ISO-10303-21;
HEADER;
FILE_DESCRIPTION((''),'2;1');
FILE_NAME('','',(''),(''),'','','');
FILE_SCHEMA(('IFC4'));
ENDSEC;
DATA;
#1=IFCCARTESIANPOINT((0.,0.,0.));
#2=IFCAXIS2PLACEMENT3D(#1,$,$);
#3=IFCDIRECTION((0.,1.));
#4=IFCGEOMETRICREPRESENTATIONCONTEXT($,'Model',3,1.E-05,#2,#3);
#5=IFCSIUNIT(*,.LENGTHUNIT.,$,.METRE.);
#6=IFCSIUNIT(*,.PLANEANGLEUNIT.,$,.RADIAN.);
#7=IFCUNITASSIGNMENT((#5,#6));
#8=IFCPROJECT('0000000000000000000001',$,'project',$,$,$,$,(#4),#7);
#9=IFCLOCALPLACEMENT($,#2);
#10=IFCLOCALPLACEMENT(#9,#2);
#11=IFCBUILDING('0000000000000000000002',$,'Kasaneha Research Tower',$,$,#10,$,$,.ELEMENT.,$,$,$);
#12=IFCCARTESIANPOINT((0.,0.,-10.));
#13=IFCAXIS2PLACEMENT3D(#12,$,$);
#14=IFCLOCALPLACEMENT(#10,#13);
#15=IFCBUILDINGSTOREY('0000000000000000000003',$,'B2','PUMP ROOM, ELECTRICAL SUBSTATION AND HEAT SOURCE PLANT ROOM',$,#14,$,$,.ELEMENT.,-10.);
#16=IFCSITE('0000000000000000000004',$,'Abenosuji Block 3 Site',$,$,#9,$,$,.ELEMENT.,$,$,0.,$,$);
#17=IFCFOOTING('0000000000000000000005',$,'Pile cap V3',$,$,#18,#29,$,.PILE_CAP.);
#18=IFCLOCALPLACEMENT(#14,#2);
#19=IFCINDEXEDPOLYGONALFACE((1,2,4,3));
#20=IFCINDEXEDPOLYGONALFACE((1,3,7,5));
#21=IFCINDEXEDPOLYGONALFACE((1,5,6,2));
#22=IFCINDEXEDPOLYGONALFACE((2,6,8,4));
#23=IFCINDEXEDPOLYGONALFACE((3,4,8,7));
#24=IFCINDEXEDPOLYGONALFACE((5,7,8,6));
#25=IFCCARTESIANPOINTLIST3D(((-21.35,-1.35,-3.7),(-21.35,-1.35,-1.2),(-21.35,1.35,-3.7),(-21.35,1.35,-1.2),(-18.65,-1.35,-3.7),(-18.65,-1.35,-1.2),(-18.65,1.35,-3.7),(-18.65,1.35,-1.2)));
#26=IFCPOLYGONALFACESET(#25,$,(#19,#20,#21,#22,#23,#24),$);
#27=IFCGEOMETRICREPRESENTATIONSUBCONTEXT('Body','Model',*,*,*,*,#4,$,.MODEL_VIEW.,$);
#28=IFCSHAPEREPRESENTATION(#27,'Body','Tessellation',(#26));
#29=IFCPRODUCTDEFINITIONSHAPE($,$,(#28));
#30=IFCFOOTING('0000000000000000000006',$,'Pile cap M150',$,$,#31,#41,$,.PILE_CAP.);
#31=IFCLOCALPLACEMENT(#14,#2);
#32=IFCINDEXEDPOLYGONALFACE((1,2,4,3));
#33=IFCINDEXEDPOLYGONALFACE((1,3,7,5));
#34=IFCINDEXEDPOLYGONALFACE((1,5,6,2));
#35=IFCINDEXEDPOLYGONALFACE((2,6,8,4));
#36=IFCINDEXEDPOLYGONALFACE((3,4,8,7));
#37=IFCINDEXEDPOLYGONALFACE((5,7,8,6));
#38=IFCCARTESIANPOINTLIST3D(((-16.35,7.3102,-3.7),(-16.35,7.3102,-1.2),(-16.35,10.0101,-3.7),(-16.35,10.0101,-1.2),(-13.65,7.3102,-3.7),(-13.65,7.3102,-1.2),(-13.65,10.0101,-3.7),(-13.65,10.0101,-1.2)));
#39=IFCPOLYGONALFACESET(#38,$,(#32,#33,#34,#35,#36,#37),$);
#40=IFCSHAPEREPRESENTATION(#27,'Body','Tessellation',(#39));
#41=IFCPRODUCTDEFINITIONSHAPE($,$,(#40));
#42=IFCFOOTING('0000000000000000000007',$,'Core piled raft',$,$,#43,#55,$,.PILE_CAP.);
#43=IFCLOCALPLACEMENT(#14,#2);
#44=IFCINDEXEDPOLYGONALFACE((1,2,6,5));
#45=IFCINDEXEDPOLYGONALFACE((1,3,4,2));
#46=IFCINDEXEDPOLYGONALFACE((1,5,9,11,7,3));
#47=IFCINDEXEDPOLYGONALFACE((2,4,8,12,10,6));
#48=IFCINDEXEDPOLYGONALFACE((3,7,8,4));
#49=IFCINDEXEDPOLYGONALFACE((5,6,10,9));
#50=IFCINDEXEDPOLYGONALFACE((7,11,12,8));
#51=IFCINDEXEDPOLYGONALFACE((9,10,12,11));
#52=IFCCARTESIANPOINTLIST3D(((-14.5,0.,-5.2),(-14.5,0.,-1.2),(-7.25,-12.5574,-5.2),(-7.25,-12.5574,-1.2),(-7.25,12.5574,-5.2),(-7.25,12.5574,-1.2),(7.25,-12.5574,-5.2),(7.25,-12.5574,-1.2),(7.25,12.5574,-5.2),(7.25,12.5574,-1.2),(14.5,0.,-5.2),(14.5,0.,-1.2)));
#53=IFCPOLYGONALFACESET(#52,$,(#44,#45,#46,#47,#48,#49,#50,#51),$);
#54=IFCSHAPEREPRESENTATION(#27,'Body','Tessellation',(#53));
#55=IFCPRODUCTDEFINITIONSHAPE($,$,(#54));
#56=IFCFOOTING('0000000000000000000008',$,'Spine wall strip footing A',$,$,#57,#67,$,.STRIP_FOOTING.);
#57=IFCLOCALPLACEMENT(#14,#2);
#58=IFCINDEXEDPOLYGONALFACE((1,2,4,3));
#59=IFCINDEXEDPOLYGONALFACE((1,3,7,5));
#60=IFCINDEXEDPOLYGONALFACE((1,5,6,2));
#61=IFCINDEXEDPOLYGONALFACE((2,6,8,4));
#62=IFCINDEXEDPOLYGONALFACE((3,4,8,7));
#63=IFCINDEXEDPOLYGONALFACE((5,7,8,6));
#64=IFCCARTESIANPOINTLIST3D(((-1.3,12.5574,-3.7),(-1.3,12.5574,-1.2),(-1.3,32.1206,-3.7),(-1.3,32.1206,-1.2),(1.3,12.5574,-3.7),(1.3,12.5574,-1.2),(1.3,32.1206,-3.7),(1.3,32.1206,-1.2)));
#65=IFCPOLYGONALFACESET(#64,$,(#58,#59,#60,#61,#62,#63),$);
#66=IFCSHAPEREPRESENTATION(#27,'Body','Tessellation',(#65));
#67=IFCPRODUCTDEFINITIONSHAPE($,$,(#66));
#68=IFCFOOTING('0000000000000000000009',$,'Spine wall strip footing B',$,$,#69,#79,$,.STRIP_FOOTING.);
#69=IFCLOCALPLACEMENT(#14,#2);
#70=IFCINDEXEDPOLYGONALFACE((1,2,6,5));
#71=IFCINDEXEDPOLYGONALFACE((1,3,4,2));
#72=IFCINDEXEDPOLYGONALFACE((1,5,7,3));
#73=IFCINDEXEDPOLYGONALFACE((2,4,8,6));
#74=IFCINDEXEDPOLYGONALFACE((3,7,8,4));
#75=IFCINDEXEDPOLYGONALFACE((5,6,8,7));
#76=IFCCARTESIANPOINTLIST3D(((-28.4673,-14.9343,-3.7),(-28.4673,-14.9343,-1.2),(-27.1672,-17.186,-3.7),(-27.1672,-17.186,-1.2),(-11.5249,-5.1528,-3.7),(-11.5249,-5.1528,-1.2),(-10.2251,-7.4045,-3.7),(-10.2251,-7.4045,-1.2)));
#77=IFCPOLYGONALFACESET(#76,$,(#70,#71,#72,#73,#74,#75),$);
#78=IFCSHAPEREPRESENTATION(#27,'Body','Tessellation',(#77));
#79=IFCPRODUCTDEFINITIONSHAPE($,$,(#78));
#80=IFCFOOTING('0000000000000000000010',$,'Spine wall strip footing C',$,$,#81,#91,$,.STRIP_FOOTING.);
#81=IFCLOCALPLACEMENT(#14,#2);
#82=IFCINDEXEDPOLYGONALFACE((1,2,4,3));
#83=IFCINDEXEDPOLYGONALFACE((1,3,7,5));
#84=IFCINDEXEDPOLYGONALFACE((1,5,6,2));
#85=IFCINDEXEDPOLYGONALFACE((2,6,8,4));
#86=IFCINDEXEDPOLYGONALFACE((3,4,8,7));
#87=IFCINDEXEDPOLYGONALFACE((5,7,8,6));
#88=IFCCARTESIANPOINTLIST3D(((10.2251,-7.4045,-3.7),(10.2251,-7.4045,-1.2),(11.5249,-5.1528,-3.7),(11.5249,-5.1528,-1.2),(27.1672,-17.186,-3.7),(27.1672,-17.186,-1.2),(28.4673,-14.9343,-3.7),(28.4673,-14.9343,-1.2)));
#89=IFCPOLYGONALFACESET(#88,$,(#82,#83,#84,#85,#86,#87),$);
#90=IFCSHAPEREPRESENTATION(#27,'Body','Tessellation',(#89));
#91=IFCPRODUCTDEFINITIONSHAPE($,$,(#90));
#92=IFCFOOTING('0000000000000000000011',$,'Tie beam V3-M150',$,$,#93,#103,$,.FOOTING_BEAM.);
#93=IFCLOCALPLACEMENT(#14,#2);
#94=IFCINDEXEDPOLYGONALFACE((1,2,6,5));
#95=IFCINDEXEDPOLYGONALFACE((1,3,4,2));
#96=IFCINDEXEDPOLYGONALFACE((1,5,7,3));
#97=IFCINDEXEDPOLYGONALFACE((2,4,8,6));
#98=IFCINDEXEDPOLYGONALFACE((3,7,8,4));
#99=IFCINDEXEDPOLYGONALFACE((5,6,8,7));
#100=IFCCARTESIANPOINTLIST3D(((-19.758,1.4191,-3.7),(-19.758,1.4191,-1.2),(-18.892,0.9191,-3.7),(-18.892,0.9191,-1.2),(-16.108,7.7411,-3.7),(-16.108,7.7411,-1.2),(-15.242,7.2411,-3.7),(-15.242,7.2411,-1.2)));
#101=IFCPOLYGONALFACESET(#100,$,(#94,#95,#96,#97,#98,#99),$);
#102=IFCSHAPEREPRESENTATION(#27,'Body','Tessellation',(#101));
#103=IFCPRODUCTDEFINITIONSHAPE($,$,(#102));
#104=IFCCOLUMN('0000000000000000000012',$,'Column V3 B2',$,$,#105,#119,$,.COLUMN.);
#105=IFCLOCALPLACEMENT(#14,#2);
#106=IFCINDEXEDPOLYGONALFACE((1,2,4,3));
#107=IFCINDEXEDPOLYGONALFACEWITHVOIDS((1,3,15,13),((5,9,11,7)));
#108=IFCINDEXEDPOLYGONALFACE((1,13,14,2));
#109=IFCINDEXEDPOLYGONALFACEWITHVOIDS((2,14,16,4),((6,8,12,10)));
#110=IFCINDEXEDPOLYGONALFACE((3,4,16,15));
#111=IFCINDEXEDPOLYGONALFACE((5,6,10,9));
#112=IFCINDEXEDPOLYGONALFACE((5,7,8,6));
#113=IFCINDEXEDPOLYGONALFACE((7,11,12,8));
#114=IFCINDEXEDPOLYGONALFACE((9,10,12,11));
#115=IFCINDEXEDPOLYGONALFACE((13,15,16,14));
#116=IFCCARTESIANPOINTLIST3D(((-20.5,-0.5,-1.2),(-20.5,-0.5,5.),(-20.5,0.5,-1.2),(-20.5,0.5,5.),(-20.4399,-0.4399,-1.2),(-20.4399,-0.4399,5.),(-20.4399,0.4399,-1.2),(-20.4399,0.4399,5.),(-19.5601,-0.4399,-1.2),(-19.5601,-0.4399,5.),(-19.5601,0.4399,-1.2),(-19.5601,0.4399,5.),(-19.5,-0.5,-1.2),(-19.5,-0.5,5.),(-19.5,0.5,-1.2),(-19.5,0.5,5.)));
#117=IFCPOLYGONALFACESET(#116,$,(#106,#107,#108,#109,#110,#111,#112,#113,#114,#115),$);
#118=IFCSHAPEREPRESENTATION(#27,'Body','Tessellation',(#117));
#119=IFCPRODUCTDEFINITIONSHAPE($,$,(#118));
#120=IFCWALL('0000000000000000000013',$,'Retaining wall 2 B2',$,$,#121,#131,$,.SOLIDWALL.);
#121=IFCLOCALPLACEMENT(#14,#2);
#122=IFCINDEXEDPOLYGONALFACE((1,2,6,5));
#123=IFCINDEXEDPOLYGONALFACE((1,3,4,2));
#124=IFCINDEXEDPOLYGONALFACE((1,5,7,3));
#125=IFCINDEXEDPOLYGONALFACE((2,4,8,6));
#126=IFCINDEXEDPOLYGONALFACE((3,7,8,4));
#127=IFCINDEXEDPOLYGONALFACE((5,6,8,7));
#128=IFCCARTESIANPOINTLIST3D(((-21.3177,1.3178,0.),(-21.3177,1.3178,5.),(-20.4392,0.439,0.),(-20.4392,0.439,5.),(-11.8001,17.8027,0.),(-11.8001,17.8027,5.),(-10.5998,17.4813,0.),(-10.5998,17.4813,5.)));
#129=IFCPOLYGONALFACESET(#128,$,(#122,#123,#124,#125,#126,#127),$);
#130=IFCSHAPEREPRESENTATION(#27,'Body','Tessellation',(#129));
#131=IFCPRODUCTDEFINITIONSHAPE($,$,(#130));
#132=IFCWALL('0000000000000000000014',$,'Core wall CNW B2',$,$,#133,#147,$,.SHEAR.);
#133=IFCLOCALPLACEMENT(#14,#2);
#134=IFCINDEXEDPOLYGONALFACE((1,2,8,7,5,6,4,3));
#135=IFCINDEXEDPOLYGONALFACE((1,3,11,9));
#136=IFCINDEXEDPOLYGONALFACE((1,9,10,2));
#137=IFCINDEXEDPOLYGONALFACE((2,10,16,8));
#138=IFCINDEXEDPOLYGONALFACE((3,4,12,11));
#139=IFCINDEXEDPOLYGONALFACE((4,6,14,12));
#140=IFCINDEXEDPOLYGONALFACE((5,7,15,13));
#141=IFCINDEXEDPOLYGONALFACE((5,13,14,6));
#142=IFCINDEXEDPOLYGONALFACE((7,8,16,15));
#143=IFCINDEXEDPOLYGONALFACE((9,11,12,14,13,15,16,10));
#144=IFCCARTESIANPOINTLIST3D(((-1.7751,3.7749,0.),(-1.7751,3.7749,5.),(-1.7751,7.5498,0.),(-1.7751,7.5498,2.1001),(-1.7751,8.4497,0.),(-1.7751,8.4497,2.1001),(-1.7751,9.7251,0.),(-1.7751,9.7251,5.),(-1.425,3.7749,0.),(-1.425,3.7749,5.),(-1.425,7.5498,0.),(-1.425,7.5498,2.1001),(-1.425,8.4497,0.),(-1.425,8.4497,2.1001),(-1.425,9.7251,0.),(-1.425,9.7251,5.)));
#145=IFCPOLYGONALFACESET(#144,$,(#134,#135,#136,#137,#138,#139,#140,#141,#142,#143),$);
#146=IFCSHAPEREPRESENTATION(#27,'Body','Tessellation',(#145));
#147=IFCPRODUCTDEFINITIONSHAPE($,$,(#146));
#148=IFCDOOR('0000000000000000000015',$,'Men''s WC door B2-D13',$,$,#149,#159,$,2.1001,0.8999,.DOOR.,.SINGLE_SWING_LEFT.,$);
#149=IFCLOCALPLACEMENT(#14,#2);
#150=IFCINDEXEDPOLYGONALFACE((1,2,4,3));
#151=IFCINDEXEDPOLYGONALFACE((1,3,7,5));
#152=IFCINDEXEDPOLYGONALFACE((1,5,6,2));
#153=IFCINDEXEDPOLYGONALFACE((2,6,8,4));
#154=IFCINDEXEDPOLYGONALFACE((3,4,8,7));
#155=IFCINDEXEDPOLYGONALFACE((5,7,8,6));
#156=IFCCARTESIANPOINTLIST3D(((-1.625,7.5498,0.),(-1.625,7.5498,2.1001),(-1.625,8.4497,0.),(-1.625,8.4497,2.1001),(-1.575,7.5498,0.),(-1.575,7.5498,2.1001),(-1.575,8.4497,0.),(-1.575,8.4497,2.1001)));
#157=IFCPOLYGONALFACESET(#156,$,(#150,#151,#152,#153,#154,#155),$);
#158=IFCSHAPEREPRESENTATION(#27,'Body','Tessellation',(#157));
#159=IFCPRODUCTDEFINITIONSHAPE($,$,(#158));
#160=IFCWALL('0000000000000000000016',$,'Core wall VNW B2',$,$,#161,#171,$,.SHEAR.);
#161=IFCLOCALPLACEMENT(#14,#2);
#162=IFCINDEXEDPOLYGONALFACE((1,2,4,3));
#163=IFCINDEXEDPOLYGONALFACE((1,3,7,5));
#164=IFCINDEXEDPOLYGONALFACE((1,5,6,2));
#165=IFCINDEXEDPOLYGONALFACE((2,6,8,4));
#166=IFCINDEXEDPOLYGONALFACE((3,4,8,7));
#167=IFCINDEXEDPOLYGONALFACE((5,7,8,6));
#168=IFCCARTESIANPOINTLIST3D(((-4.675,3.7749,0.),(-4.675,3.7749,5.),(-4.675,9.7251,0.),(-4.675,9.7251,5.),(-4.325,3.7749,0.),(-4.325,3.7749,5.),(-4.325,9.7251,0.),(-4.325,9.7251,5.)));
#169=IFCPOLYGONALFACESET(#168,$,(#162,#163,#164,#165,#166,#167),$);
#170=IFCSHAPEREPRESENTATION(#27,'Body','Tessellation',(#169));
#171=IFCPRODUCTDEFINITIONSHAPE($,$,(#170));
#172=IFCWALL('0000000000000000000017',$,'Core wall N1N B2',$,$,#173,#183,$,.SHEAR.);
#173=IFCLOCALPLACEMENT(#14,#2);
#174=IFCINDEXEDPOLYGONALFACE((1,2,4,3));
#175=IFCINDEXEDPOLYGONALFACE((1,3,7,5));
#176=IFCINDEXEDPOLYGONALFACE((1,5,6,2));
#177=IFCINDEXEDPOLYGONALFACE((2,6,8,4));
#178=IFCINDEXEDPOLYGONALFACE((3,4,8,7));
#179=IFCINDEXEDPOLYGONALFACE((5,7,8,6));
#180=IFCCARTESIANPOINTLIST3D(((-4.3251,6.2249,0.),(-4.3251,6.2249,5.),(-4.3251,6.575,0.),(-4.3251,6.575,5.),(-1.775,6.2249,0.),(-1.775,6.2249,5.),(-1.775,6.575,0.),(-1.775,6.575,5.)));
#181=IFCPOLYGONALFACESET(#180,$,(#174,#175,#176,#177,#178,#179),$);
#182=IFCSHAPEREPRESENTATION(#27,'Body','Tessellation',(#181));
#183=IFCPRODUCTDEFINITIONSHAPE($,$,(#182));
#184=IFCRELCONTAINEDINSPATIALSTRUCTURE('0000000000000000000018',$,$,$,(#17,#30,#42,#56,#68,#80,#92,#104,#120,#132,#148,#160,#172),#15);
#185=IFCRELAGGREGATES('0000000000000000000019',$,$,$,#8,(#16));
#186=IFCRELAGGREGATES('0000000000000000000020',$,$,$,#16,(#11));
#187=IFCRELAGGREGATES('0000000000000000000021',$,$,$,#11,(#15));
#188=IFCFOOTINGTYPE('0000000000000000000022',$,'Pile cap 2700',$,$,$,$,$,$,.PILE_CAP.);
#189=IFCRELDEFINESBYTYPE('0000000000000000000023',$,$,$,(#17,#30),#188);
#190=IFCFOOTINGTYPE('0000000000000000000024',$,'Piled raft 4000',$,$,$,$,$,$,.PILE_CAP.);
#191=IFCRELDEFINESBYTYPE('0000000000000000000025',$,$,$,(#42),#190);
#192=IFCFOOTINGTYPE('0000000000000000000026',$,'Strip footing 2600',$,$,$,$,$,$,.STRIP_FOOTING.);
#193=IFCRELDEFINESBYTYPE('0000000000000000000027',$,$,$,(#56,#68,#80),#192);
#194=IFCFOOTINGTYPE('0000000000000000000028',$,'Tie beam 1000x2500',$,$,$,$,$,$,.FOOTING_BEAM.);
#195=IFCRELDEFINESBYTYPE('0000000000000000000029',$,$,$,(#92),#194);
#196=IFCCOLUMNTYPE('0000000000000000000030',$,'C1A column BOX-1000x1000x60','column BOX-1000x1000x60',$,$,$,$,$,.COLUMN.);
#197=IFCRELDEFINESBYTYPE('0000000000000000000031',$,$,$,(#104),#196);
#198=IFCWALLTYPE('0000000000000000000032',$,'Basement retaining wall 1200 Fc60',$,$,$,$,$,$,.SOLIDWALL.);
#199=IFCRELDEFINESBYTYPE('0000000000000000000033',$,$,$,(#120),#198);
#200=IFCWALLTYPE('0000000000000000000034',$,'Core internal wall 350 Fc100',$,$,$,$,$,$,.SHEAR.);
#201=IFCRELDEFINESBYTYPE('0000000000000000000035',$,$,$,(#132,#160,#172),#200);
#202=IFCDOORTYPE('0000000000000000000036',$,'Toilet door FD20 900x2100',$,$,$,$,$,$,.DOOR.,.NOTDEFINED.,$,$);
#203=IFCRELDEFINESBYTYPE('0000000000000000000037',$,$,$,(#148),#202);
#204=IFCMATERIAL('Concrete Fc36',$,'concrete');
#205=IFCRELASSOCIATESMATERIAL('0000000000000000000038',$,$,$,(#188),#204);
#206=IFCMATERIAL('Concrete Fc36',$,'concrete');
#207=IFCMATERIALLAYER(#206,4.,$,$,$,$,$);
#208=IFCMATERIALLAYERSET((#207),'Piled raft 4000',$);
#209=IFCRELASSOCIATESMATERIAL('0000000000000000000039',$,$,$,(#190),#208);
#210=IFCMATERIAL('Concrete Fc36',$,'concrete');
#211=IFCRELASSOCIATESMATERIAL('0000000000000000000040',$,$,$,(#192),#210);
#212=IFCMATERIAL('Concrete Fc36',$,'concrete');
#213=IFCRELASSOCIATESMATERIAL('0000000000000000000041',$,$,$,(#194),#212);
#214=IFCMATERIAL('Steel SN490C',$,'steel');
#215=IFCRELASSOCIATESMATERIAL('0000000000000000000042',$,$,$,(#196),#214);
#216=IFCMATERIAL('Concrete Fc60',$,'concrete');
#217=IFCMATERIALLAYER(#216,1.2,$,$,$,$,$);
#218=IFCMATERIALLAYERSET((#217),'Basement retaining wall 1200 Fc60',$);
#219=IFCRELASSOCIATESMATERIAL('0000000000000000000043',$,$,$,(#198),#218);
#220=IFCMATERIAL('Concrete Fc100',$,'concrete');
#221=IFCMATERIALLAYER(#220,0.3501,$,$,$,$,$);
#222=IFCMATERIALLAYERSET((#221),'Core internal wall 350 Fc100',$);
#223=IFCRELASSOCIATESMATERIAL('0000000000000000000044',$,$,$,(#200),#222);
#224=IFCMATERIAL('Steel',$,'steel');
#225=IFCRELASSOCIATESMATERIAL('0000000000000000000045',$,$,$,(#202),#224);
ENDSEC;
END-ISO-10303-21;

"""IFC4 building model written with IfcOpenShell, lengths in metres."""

from ifc_helpers import new_model, si_unit, direction, frame, frame_2d, origin, origin_2d, place, context, subcontext, project, spatial, polyline, rectangle, hollow_rectangle, outline, extrude, material, layer, layer_set, material_profile, profile_set, type_object, element, fill, save


model = new_model("IFC4")

# Units and contexts
model_context = context("Model", 3, precision=1e-05, world=origin(), true_north=direction((0.0, 1.0)))
body_context = subcontext(model_context, "Body", "Model", "MODEL_VIEW")
ifc_project = project(units=[si_unit("LENGTHUNIT", "METRE"), si_unit("PLANEANGLEUNIT", "RADIAN")], contexts=[model_context])

# Site, building, storey
site_placement = place(None, origin())
site = spatial("IfcSite", under=ifc_project, at=site_placement, Name="Abenosuji Block 3 Site", CompositionType="ELEMENT", RefElevation=0.0)
building_placement = place(site_placement, origin())
building = spatial("IfcBuilding", under=site, at=building_placement, Name="Kasaneha Research Tower", CompositionType="ELEMENT")
storey_placement = place(building_placement, frame((0.0, 0.0, -10.0)))
storey = spatial("IfcBuildingStorey", under=building, at=storey_placement, Name="B2", Description="PUMP ROOM, ELECTRICAL SUBSTATION AND HEAT SOURCE PLANT ROOM", CompositionType="ELEMENT", Elevation=-10.0)

# Footings
ifc_material_1 = material(Name="Concrete Fc36", Category="concrete")
footing_type_1 = type_object("IfcFootingType", Name="Pile cap 2700", PredefinedType="PILE_CAP", material=ifc_material_1)
for number, where, z_axis, x_axis, name in (
    (1, (-20.0, 0.0, -3.7), (0.0, 0.0, 1.0), (1.0, 0.0, 0.0), "Pile cap V3"),
    (2, (-15.0, 8.6602, -3.7), (0.0, 0.0, 1.0), (1.0, 0.0, 0.0), "Pile cap M150"),
):
    element("IfcFooting", number, at=place(storey_placement, frame(where, z_axis=z_axis, x_axis=x_axis)), inside=storey, type_object=footing_type_1, Name=name, PredefinedType="PILE_CAP", context=body_context, shape_type="SweptSolid", body=[
        extrude(rectangle(XDim=2.7, YDim=2.7, at=origin_2d()), origin(), (0.0, 0.0, 1.0), 2.5),
    ])
ifc_material_2 = material(Name="Concrete Fc36", Category="concrete")
ifc_layer_1 = layer(ifc_material_2, 4.0)
ifc_layer_set_1 = layer_set([ifc_layer_1], Name="Piled raft 4000")
footing_type_2 = type_object("IfcFootingType", Name="Piled raft 4000", PredefinedType="PILE_CAP", material=ifc_layer_set_1)
footing_1_placement = place(storey_placement, frame((0.0, 0.0, -5.2)))
element("IfcFooting", 3, at=footing_1_placement, inside=storey, type_object=footing_type_2, Name="Core piled raft", PredefinedType="PILE_CAP", context=body_context, shape_type="SweptSolid", body=[
    extrude(outline(polyline([(14.5, 0.0), (7.25, 12.5574), (-7.25, 12.5574), (-14.5, 0.0), (-7.25, -12.5574), (7.25, -12.5574), (14.5, 0.0)])), origin(), (0.0, 0.0, 1.0), 4.0),
])
ifc_material_3 = material(Name="Concrete Fc36", Category="concrete")
footing_type_3 = type_object("IfcFootingType", Name="Strip footing 2600", PredefinedType="STRIP_FOOTING", material=ifc_material_3)
footing_2_placement = place(storey_placement, frame((0.0, 0.0, -3.7)))
element("IfcFooting", 4, at=footing_2_placement, inside=storey, type_object=footing_type_3, Name="Spine wall strip footing A", PredefinedType="STRIP_FOOTING", context=body_context, shape_type="SweptSolid", body=[
    extrude(outline(polyline([(-1.3, 12.5574), (-1.3, 32.1206), (1.3, 32.1206), (1.3, 12.5574), (-1.3, 12.5574)])), origin(), (0.0, 0.0, 1.0), 2.5),
])
footing_3_placement = place(storey_placement, frame((0.0, 0.0, -3.7)))
element("IfcFooting", 5, at=footing_3_placement, inside=storey, type_object=footing_type_3, Name="Spine wall strip footing B", PredefinedType="STRIP_FOOTING", context=body_context, shape_type="SweptSolid", body=[
    extrude(outline(polyline([(-10.2251, -7.4045), (-27.1672, -17.186), (-28.4673, -14.9343), (-11.5249, -5.1528), (-10.2251, -7.4045)])), origin(), (0.0, 0.0, 1.0), 2.5),
])
footing_4_placement = place(storey_placement, frame((0.0, 0.0, -3.7)))
element("IfcFooting", 6, at=footing_4_placement, inside=storey, type_object=footing_type_3, Name="Spine wall strip footing C", PredefinedType="STRIP_FOOTING", context=body_context, shape_type="SweptSolid", body=[
    extrude(outline(polyline([(11.5249, -5.1528), (28.4673, -14.9343), (27.1672, -17.186), (10.2251, -7.4045), (11.5249, -5.1528)])), origin(), (0.0, 0.0, 1.0), 2.5),
])
ifc_material_4 = material(Name="Concrete Fc36", Category="concrete")
footing_type_4 = type_object("IfcFootingType", Name="Tie beam 1000x2500", PredefinedType="FOOTING_BEAM", material=ifc_material_4)
footing_5_placement = place(storey_placement, frame((-17.5, 4.3301, -3.7), z_axis=(0.0, 0.0, 1.0), x_axis=(0.5, 0.866025, 0.0)))
element("IfcFooting", 7, at=footing_5_placement, inside=storey, type_object=footing_type_4, Name="Tie beam V3-M150", PredefinedType="FOOTING_BEAM", context=body_context, shape_type="SweptSolid", body=[
    extrude(rectangle(XDim=7.3, YDim=1.0, at=origin_2d()), origin(), (0.0, 0.0, 1.0), 2.5),
])

# Column
ifc_material_5 = material(Name="Steel SN490C", Category="steel")
ifc_material_profile_1 = material_profile(ifc_material_5, hollow_rectangle(XDim=1.0, YDim=1.0, WallThickness=0.0601, at=origin_2d()), Name="BOX-1000x1000x60")
ifc_profile_set_1 = profile_set([ifc_material_profile_1], Name="Steel SN490C")
column_type = type_object("IfcColumnType", Name="C1A column BOX-1000x1000x60", Description="column BOX-1000x1000x60", PredefinedType="COLUMN", material=ifc_profile_set_1)
column_placement = place(storey_placement, frame((-20.0, 0.0, -1.2), z_axis=(0.0, 0.0, 1.0), x_axis=(1.0, 0.0, 0.0)))
element("IfcColumn", 8, at=column_placement, inside=storey, type_object=column_type, Name="Column V3 B2", PredefinedType="COLUMN", context=body_context, shape_type="SweptSolid", body=[
    extrude(hollow_rectangle(XDim=1.0, YDim=1.0, WallThickness=0.0601, at=origin_2d()), origin(), (0.0, 0.0, 1.0), 6.2),
])

# Wall
ifc_material_6 = material(Name="Concrete Fc60", Category="concrete")
ifc_layer_2 = layer(ifc_material_6, 1.2)
ifc_layer_set_2 = layer_set([ifc_layer_2], Name="Basement retaining wall 1200 Fc60")
wall_type_1 = type_object("IfcWallType", Name="Basement retaining wall 1200 Fc60", PredefinedType="SOLIDWALL", material=ifc_layer_set_2)
wall_1_placement = place(storey_placement, frame((-20.8784, 0.8784, 0.0), z_axis=(0.0, 0.0, 1.0), x_axis=(0.499998, 0.866026, 0.0)))
element("IfcWall", 9, at=wall_1_placement, inside=storey, type_object=wall_type_1, Name="Retaining wall 2 B2", PredefinedType="SOLIDWALL", context=body_context, shape_type="SweptSolid", body=[
    extrude(outline(polyline([(-0.1609, -0.6001), (19.5178, -0.6001), (19.196, 0.6001), (0.1609, 0.6001), (-0.1609, -0.6001)])), origin(), (0.0, 0.0, 1.0), 5.0),
])

# Wall, opening, door
ifc_material_7 = material(Name="Concrete Fc100", Category="concrete")
ifc_layer_3 = layer(ifc_material_7, 0.3501)
ifc_layer_set_3 = layer_set([ifc_layer_3], Name="Core internal wall 350 Fc100")
wall_type_2 = type_object("IfcWallType", Name="Core internal wall 350 Fc100", PredefinedType="SHEAR", material=ifc_layer_set_3)
wall_2_placement = place(storey_placement, frame((-1.6001, 3.7749, 0.0), z_axis=(0.0, 0.0, 1.0), x_axis=(0.0, 1.0, 0.0)))
wall_2 = element("IfcWall", 10, at=wall_2_placement, inside=storey, type_object=wall_type_2, Name="Core wall CNW B2", PredefinedType="SHEAR", context=body_context, shape_type="SweptSolid", body=[
    extrude(rectangle(XDim=5.9502, YDim=0.3501, at=frame_2d((2.9751, 0.0))), origin(), (0.0, 0.0, 1.0), 5.0),
])
opening_1_placement = place(wall_2_placement, frame((3.7749, 0.0, 0.0)))
opening_1 = element("IfcOpeningElement", 11, at=opening_1_placement, cuts=wall_2, PredefinedType="OPENING", context=body_context, shape_type="SweptSolid", body=[
    extrude(rectangle(XDim=0.8999, YDim=2.1001, at=frame_2d((0.45, 1.05))), frame((0.0, 0.1851, 0.0), z_axis=(0.0, -1.0, 0.0), x_axis=(1.0, 0.0, 0.0)), (0.0, 0.0, 1.0), 0.3701),
])
ifc_material_8 = material(Name="Steel", Category="steel")
door_type_1 = type_object("IfcDoorType", Name="Toilet door FD20 900x2100", OperationType="NOTDEFINED", PredefinedType="DOOR", material=ifc_material_8)
door_1_placement = place(opening_1_placement, origin())
door_1 = element("IfcDoor", 12, at=door_1_placement, inside=storey, type_object=door_type_1, Name="Men's WC door B2-D13", OperationType="SINGLE_SWING_LEFT", OverallHeight=2.1001, OverallWidth=0.8999, PredefinedType="DOOR", context=body_context, shape_type="SweptSolid", body=[
    extrude(rectangle(XDim=0.8999, YDim=2.1001, at=frame_2d((0.45, 1.05))), frame((0.0, 0.0249, 0.0), z_axis=(0.0, -1.0, 0.0), x_axis=(1.0, 0.0, 0.0)), (0.0, 0.0, 1.0), 0.05),
])
fill(opening_1, door_1)

# Walls
wall_3_placement = place(storey_placement, frame((-4.5, 3.7749, 0.0), z_axis=(0.0, 0.0, 1.0), x_axis=(0.0, 1.0, 0.0)))
element("IfcWall", 13, at=wall_3_placement, inside=storey, type_object=wall_type_2, Name="Core wall VNW B2", PredefinedType="SHEAR", context=body_context, shape_type="SweptSolid", body=[
    extrude(rectangle(XDim=5.9502, YDim=0.3501, at=frame_2d((2.9751, 0.0))), origin(), (0.0, 0.0, 1.0), 5.0),
])
wall_4_placement = place(storey_placement, frame((-4.325, 6.3999, 0.0), z_axis=(0.0, 0.0, 1.0), x_axis=(1.0, 0.0, 0.0)))
element("IfcWall", 14, at=wall_4_placement, inside=storey, type_object=wall_type_2, Name="Core wall N1N B2", PredefinedType="SHEAR", context=body_context, shape_type="SweptSolid", body=[
    extrude(rectangle(XDim=2.55, YDim=0.3501, at=frame_2d((1.2749, 0.0))), origin(), (0.0, 0.0, 1.0), 5.0),
])

save(model, "model.ifc")
